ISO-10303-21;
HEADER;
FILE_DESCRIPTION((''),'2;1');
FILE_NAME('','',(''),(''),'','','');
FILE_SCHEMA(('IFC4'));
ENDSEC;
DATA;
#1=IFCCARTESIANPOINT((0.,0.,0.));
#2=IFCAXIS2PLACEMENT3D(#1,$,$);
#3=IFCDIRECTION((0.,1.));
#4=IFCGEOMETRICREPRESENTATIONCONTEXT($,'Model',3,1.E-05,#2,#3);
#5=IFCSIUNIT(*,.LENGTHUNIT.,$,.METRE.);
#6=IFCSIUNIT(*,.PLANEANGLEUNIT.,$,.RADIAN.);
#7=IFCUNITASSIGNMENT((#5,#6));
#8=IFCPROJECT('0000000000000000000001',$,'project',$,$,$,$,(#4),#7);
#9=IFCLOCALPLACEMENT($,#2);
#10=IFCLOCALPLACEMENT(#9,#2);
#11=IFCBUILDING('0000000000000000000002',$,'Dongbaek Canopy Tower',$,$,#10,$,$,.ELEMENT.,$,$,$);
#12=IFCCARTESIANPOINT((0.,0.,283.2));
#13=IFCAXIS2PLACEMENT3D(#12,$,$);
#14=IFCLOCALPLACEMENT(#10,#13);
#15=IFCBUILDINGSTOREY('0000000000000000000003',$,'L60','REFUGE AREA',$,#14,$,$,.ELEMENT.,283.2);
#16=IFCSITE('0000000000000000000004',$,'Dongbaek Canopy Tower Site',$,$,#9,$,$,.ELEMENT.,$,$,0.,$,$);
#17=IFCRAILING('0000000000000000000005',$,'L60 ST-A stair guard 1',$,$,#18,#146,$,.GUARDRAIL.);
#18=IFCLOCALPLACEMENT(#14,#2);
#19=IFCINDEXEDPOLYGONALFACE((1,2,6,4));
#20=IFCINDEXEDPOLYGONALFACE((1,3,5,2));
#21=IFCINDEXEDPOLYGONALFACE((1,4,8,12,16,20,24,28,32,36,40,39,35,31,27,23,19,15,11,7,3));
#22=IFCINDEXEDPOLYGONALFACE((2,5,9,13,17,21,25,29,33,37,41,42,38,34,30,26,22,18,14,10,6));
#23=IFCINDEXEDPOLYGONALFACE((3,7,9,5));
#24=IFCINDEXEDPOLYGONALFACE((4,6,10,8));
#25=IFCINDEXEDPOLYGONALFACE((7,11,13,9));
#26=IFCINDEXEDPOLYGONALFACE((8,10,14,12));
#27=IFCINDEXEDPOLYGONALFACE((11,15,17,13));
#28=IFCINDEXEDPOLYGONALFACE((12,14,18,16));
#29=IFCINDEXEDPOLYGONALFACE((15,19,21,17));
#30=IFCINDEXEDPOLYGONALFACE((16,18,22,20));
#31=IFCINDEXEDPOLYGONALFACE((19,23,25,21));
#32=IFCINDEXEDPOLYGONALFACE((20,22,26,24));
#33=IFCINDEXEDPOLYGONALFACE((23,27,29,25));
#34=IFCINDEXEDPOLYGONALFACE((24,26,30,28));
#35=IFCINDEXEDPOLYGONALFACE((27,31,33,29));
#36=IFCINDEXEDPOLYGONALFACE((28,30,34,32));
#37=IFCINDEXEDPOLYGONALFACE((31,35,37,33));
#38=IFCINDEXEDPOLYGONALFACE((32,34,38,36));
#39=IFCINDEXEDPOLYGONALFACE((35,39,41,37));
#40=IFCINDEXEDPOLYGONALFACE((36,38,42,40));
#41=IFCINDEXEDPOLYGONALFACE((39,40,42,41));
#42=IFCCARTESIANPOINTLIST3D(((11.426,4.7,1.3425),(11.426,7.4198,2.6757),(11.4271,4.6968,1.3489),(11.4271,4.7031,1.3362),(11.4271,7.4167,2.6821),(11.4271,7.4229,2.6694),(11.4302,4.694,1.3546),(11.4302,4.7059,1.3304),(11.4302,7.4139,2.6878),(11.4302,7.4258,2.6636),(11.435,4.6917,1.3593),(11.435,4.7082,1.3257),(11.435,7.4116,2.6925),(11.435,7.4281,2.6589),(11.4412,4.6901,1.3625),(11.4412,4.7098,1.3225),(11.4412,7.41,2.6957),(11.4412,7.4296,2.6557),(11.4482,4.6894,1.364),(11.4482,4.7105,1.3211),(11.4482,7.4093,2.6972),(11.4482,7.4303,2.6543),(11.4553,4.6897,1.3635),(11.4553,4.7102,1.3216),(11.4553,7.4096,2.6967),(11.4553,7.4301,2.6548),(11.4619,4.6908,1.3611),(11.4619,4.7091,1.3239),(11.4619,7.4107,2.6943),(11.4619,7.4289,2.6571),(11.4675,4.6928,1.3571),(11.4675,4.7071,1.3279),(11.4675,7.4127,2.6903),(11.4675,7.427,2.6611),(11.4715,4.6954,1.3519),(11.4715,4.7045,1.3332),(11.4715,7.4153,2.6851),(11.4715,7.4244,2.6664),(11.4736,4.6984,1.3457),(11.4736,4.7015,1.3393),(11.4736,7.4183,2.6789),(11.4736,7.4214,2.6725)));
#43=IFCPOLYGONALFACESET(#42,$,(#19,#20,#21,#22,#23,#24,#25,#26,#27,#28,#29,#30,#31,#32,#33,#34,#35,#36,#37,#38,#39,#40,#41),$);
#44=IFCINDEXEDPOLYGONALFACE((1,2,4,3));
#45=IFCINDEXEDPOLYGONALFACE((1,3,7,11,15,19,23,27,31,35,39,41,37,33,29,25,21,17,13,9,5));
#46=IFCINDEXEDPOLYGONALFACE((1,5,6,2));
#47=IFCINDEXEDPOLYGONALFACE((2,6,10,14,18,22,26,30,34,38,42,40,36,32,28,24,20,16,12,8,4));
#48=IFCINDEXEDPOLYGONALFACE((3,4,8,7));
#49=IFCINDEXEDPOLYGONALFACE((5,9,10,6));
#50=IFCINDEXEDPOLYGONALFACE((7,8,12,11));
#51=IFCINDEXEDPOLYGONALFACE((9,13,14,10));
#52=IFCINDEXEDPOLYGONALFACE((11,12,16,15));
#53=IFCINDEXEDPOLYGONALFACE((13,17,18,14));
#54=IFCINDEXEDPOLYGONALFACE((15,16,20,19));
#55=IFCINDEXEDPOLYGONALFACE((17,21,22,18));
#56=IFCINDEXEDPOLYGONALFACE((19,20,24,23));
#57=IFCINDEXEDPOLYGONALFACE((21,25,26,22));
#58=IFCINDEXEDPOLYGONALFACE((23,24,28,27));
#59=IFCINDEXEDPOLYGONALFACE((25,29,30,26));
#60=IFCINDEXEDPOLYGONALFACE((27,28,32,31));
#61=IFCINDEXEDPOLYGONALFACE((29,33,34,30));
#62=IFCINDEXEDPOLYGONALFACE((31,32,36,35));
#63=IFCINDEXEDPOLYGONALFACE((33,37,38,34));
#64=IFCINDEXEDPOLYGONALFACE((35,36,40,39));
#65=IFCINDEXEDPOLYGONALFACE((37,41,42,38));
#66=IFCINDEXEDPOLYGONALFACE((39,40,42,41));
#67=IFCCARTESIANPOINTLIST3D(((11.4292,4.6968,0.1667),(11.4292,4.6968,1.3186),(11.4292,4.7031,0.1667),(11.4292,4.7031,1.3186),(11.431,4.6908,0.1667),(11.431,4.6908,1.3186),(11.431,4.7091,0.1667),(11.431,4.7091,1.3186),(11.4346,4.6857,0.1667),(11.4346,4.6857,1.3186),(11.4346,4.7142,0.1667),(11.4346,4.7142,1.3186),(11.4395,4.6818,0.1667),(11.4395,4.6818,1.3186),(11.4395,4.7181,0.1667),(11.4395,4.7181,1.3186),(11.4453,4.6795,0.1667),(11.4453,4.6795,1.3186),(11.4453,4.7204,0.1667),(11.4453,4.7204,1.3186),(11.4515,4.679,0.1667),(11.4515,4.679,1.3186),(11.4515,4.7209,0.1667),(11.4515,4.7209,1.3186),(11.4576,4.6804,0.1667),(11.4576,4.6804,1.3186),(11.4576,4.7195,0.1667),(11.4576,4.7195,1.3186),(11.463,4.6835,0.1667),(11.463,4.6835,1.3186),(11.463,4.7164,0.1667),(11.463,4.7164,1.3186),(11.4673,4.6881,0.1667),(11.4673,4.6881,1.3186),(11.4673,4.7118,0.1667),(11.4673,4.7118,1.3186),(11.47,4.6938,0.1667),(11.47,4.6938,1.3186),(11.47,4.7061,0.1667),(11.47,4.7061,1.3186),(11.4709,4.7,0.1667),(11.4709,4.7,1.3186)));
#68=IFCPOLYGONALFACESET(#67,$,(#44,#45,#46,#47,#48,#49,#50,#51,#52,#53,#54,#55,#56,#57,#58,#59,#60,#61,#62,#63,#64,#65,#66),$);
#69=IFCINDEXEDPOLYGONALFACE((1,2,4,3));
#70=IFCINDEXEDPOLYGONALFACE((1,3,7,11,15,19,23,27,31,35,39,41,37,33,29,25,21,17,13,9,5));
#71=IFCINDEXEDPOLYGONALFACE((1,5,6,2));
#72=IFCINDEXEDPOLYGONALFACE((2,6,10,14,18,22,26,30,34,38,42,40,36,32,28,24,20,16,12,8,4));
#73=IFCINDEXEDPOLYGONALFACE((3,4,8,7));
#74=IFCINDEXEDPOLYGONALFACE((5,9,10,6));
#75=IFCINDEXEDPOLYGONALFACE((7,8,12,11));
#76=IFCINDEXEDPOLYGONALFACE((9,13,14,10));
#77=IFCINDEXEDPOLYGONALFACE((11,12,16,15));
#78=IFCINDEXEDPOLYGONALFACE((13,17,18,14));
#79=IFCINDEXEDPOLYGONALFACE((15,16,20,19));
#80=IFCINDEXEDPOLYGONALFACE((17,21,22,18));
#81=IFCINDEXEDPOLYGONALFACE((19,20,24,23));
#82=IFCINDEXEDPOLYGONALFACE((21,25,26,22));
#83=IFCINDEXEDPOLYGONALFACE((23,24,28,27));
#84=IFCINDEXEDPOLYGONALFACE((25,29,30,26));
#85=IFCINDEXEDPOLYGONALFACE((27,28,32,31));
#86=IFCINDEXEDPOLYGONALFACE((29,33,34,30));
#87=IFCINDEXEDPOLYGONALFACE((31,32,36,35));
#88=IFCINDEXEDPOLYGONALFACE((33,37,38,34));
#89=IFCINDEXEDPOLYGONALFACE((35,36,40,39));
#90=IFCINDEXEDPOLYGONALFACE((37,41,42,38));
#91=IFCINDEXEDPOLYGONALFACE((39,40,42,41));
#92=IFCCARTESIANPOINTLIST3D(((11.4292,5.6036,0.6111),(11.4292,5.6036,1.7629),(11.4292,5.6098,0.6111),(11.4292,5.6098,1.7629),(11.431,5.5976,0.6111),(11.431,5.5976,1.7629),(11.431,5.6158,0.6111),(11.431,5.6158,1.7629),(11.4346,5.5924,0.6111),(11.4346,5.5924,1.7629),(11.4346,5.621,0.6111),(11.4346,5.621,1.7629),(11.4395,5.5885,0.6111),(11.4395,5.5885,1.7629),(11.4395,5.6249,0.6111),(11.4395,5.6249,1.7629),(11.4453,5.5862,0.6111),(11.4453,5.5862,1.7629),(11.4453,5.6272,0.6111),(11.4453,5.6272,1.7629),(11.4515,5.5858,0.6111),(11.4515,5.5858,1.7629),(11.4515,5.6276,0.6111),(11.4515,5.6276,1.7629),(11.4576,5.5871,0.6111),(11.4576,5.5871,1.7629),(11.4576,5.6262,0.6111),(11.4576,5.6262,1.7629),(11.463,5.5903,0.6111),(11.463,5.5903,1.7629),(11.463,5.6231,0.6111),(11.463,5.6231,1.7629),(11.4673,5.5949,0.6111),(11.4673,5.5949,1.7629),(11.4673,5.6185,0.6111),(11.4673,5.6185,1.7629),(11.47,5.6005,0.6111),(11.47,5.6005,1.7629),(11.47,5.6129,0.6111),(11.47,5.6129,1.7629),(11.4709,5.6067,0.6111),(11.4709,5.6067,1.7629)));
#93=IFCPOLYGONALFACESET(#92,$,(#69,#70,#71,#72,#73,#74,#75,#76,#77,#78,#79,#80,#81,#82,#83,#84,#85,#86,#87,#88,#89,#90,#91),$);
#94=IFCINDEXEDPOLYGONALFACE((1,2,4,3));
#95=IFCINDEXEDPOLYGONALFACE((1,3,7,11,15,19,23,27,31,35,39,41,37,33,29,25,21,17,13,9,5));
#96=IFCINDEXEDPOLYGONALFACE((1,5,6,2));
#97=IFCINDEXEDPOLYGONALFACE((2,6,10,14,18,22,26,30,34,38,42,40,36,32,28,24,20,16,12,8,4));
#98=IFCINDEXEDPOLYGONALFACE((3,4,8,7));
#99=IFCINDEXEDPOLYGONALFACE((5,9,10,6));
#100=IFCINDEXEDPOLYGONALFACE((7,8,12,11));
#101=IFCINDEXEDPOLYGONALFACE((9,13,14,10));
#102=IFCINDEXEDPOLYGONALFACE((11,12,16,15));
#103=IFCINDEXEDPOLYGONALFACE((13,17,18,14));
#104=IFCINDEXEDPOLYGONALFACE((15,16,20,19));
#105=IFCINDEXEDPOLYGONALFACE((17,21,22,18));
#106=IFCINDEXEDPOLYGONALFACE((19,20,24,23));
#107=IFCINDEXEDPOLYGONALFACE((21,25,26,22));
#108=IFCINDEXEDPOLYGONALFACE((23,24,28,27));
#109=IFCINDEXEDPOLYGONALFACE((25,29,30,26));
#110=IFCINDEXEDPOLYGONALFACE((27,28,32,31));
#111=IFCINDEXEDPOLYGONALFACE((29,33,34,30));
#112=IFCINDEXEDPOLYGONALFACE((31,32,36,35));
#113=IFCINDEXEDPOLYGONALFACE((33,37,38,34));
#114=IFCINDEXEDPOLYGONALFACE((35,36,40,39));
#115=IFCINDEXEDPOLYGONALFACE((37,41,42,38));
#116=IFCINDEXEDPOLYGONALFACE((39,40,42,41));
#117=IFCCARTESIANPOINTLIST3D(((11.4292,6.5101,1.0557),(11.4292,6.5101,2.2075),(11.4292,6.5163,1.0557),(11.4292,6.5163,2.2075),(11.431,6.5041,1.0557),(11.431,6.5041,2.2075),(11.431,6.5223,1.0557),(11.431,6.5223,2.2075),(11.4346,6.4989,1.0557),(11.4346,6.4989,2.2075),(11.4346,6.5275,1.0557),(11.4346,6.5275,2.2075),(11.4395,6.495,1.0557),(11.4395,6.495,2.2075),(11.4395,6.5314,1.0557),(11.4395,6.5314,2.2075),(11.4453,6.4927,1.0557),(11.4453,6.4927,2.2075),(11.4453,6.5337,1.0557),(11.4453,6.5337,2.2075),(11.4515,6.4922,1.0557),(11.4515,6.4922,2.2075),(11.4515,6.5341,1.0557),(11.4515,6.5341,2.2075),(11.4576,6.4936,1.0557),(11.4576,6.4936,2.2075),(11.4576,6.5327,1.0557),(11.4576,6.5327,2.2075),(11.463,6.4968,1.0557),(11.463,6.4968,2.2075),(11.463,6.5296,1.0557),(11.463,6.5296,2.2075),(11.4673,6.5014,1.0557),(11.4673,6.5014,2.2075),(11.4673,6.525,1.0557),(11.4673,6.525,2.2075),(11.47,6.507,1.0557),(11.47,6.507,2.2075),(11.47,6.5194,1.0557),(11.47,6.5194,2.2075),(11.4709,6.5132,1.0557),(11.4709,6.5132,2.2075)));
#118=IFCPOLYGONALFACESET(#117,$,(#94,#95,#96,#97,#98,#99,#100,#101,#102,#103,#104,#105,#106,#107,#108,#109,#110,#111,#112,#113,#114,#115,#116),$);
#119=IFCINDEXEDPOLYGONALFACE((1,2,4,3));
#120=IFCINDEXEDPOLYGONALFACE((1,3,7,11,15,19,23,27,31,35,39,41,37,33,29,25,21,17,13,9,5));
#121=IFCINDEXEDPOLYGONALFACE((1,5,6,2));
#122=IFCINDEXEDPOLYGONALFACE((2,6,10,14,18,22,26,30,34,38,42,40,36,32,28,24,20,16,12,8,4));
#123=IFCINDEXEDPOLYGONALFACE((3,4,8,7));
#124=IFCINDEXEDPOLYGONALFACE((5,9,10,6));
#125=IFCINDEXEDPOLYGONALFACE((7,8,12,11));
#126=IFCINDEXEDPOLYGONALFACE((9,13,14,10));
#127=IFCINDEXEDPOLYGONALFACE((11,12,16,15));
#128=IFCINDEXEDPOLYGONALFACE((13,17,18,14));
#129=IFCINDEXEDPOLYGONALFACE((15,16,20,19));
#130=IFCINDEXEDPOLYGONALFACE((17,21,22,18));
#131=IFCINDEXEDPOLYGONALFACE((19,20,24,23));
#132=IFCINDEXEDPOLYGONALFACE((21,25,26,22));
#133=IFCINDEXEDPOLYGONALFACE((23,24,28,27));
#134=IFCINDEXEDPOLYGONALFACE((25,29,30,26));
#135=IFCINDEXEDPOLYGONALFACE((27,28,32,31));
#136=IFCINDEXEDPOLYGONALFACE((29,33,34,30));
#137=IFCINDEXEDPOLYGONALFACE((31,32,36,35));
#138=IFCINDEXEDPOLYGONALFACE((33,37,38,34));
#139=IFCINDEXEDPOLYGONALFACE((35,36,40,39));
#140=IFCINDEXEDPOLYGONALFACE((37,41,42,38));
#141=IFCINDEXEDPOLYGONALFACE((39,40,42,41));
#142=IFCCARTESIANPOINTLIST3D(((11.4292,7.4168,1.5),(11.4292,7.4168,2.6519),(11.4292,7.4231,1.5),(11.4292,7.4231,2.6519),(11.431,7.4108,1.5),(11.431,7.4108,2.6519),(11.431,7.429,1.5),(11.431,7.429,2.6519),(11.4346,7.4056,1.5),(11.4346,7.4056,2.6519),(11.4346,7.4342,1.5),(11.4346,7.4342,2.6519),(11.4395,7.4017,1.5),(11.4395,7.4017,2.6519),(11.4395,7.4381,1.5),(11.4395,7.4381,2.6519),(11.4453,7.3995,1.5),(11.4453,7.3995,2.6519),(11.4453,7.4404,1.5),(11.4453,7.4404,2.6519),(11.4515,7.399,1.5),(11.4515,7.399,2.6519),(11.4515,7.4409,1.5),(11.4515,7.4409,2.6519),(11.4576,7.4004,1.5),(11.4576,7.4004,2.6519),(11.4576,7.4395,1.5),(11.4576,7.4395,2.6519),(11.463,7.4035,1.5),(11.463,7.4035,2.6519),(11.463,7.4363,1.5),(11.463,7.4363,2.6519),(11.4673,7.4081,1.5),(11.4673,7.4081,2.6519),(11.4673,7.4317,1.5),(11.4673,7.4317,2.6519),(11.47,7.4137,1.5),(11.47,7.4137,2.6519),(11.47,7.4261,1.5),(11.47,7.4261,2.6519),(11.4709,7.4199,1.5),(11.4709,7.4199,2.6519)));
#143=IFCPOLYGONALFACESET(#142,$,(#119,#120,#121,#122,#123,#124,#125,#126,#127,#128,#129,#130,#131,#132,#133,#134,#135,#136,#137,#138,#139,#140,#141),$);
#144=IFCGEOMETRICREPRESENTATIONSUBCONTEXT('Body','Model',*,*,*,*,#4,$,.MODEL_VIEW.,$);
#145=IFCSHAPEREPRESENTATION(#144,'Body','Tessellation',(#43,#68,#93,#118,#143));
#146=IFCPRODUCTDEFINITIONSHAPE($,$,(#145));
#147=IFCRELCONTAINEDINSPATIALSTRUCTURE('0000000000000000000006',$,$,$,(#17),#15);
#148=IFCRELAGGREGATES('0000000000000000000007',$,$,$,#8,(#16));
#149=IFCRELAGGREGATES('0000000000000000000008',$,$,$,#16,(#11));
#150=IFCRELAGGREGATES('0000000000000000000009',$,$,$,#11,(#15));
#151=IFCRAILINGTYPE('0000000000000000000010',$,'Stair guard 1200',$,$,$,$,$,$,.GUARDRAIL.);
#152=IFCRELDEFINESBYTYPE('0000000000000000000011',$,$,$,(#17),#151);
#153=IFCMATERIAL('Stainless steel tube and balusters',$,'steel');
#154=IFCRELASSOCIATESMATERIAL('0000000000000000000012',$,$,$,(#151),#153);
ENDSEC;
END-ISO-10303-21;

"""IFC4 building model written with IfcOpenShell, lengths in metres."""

from ifc_helpers import new_model, si_unit, direction, frame, origin, origin_2d, place, context, subcontext, project, spatial, circle, extrude, material, type_object, element, save


model = new_model("IFC4")

# Units and contexts
model_context = context("Model", 3, precision=1e-05, world=origin(), true_north=direction((0.0, 1.0)))
body_context = subcontext(model_context, "Body", "Model", "MODEL_VIEW")
ifc_project = project(units=[si_unit("LENGTHUNIT", "METRE"), si_unit("PLANEANGLEUNIT", "RADIAN")], contexts=[model_context])

# Site, building, storey
site_placement = place(None, origin())
site = spatial("IfcSite", under=ifc_project, at=site_placement, Name="Dongbaek Canopy Tower Site", CompositionType="ELEMENT", RefElevation=0.0)
building_placement = place(site_placement, origin())
building = spatial("IfcBuilding", under=site, at=building_placement, Name="Dongbaek Canopy Tower", CompositionType="ELEMENT")
storey_placement = place(building_placement, frame((0.0, 0.0, 283.2)))
storey = spatial("IfcBuildingStorey", under=building, at=storey_placement, Name="L60", Description="REFUGE AREA", CompositionType="ELEMENT", Elevation=283.2)

# Railing
ifc_material_1 = material(Name="Stainless steel tube and balusters", Category="steel")
railing_type_1 = type_object("IfcRailingType", Name="Stair guard 1200", PredefinedType="GUARDRAIL", material=ifc_material_1)
railing_1_placement = place(storey_placement, frame((11.45, 4.7, 0.1667)))
element("IfcRailing", 1, at=railing_1_placement, inside=storey, type_object=railing_type_1, Name="L60 ST-A stair guard 1", PredefinedType="GUARDRAIL", context=body_context, shape_type="SweptSolid", body=[
    extrude(circle(Radius=0.0239, at=origin_2d()), frame((0.0, 0.0, 1.1758), z_axis=(0.0, 0.897929, 0.440139), x_axis=(-1.0, 0.0, 0.0)), (0.0, 0.0, 1.0), 3.0291),
    extrude(circle(Radius=0.021, at=origin_2d()), origin(), (0.0, 0.0, 1.0), 1.1519),
    extrude(circle(Radius=0.021, at=origin_2d()), frame((0.0, 0.9067, 0.4443)), (0.0, 0.0, 1.0), 1.1519),
    extrude(circle(Radius=0.021, at=origin_2d()), frame((0.0, 1.8132, 0.8889)), (0.0, 0.0, 1.0), 1.1519),
    extrude(circle(Radius=0.021, at=origin_2d()), frame((0.0, 2.72, 1.3333)), (0.0, 0.0, 1.0), 1.1519),
])

save(model, "model.ifc")
